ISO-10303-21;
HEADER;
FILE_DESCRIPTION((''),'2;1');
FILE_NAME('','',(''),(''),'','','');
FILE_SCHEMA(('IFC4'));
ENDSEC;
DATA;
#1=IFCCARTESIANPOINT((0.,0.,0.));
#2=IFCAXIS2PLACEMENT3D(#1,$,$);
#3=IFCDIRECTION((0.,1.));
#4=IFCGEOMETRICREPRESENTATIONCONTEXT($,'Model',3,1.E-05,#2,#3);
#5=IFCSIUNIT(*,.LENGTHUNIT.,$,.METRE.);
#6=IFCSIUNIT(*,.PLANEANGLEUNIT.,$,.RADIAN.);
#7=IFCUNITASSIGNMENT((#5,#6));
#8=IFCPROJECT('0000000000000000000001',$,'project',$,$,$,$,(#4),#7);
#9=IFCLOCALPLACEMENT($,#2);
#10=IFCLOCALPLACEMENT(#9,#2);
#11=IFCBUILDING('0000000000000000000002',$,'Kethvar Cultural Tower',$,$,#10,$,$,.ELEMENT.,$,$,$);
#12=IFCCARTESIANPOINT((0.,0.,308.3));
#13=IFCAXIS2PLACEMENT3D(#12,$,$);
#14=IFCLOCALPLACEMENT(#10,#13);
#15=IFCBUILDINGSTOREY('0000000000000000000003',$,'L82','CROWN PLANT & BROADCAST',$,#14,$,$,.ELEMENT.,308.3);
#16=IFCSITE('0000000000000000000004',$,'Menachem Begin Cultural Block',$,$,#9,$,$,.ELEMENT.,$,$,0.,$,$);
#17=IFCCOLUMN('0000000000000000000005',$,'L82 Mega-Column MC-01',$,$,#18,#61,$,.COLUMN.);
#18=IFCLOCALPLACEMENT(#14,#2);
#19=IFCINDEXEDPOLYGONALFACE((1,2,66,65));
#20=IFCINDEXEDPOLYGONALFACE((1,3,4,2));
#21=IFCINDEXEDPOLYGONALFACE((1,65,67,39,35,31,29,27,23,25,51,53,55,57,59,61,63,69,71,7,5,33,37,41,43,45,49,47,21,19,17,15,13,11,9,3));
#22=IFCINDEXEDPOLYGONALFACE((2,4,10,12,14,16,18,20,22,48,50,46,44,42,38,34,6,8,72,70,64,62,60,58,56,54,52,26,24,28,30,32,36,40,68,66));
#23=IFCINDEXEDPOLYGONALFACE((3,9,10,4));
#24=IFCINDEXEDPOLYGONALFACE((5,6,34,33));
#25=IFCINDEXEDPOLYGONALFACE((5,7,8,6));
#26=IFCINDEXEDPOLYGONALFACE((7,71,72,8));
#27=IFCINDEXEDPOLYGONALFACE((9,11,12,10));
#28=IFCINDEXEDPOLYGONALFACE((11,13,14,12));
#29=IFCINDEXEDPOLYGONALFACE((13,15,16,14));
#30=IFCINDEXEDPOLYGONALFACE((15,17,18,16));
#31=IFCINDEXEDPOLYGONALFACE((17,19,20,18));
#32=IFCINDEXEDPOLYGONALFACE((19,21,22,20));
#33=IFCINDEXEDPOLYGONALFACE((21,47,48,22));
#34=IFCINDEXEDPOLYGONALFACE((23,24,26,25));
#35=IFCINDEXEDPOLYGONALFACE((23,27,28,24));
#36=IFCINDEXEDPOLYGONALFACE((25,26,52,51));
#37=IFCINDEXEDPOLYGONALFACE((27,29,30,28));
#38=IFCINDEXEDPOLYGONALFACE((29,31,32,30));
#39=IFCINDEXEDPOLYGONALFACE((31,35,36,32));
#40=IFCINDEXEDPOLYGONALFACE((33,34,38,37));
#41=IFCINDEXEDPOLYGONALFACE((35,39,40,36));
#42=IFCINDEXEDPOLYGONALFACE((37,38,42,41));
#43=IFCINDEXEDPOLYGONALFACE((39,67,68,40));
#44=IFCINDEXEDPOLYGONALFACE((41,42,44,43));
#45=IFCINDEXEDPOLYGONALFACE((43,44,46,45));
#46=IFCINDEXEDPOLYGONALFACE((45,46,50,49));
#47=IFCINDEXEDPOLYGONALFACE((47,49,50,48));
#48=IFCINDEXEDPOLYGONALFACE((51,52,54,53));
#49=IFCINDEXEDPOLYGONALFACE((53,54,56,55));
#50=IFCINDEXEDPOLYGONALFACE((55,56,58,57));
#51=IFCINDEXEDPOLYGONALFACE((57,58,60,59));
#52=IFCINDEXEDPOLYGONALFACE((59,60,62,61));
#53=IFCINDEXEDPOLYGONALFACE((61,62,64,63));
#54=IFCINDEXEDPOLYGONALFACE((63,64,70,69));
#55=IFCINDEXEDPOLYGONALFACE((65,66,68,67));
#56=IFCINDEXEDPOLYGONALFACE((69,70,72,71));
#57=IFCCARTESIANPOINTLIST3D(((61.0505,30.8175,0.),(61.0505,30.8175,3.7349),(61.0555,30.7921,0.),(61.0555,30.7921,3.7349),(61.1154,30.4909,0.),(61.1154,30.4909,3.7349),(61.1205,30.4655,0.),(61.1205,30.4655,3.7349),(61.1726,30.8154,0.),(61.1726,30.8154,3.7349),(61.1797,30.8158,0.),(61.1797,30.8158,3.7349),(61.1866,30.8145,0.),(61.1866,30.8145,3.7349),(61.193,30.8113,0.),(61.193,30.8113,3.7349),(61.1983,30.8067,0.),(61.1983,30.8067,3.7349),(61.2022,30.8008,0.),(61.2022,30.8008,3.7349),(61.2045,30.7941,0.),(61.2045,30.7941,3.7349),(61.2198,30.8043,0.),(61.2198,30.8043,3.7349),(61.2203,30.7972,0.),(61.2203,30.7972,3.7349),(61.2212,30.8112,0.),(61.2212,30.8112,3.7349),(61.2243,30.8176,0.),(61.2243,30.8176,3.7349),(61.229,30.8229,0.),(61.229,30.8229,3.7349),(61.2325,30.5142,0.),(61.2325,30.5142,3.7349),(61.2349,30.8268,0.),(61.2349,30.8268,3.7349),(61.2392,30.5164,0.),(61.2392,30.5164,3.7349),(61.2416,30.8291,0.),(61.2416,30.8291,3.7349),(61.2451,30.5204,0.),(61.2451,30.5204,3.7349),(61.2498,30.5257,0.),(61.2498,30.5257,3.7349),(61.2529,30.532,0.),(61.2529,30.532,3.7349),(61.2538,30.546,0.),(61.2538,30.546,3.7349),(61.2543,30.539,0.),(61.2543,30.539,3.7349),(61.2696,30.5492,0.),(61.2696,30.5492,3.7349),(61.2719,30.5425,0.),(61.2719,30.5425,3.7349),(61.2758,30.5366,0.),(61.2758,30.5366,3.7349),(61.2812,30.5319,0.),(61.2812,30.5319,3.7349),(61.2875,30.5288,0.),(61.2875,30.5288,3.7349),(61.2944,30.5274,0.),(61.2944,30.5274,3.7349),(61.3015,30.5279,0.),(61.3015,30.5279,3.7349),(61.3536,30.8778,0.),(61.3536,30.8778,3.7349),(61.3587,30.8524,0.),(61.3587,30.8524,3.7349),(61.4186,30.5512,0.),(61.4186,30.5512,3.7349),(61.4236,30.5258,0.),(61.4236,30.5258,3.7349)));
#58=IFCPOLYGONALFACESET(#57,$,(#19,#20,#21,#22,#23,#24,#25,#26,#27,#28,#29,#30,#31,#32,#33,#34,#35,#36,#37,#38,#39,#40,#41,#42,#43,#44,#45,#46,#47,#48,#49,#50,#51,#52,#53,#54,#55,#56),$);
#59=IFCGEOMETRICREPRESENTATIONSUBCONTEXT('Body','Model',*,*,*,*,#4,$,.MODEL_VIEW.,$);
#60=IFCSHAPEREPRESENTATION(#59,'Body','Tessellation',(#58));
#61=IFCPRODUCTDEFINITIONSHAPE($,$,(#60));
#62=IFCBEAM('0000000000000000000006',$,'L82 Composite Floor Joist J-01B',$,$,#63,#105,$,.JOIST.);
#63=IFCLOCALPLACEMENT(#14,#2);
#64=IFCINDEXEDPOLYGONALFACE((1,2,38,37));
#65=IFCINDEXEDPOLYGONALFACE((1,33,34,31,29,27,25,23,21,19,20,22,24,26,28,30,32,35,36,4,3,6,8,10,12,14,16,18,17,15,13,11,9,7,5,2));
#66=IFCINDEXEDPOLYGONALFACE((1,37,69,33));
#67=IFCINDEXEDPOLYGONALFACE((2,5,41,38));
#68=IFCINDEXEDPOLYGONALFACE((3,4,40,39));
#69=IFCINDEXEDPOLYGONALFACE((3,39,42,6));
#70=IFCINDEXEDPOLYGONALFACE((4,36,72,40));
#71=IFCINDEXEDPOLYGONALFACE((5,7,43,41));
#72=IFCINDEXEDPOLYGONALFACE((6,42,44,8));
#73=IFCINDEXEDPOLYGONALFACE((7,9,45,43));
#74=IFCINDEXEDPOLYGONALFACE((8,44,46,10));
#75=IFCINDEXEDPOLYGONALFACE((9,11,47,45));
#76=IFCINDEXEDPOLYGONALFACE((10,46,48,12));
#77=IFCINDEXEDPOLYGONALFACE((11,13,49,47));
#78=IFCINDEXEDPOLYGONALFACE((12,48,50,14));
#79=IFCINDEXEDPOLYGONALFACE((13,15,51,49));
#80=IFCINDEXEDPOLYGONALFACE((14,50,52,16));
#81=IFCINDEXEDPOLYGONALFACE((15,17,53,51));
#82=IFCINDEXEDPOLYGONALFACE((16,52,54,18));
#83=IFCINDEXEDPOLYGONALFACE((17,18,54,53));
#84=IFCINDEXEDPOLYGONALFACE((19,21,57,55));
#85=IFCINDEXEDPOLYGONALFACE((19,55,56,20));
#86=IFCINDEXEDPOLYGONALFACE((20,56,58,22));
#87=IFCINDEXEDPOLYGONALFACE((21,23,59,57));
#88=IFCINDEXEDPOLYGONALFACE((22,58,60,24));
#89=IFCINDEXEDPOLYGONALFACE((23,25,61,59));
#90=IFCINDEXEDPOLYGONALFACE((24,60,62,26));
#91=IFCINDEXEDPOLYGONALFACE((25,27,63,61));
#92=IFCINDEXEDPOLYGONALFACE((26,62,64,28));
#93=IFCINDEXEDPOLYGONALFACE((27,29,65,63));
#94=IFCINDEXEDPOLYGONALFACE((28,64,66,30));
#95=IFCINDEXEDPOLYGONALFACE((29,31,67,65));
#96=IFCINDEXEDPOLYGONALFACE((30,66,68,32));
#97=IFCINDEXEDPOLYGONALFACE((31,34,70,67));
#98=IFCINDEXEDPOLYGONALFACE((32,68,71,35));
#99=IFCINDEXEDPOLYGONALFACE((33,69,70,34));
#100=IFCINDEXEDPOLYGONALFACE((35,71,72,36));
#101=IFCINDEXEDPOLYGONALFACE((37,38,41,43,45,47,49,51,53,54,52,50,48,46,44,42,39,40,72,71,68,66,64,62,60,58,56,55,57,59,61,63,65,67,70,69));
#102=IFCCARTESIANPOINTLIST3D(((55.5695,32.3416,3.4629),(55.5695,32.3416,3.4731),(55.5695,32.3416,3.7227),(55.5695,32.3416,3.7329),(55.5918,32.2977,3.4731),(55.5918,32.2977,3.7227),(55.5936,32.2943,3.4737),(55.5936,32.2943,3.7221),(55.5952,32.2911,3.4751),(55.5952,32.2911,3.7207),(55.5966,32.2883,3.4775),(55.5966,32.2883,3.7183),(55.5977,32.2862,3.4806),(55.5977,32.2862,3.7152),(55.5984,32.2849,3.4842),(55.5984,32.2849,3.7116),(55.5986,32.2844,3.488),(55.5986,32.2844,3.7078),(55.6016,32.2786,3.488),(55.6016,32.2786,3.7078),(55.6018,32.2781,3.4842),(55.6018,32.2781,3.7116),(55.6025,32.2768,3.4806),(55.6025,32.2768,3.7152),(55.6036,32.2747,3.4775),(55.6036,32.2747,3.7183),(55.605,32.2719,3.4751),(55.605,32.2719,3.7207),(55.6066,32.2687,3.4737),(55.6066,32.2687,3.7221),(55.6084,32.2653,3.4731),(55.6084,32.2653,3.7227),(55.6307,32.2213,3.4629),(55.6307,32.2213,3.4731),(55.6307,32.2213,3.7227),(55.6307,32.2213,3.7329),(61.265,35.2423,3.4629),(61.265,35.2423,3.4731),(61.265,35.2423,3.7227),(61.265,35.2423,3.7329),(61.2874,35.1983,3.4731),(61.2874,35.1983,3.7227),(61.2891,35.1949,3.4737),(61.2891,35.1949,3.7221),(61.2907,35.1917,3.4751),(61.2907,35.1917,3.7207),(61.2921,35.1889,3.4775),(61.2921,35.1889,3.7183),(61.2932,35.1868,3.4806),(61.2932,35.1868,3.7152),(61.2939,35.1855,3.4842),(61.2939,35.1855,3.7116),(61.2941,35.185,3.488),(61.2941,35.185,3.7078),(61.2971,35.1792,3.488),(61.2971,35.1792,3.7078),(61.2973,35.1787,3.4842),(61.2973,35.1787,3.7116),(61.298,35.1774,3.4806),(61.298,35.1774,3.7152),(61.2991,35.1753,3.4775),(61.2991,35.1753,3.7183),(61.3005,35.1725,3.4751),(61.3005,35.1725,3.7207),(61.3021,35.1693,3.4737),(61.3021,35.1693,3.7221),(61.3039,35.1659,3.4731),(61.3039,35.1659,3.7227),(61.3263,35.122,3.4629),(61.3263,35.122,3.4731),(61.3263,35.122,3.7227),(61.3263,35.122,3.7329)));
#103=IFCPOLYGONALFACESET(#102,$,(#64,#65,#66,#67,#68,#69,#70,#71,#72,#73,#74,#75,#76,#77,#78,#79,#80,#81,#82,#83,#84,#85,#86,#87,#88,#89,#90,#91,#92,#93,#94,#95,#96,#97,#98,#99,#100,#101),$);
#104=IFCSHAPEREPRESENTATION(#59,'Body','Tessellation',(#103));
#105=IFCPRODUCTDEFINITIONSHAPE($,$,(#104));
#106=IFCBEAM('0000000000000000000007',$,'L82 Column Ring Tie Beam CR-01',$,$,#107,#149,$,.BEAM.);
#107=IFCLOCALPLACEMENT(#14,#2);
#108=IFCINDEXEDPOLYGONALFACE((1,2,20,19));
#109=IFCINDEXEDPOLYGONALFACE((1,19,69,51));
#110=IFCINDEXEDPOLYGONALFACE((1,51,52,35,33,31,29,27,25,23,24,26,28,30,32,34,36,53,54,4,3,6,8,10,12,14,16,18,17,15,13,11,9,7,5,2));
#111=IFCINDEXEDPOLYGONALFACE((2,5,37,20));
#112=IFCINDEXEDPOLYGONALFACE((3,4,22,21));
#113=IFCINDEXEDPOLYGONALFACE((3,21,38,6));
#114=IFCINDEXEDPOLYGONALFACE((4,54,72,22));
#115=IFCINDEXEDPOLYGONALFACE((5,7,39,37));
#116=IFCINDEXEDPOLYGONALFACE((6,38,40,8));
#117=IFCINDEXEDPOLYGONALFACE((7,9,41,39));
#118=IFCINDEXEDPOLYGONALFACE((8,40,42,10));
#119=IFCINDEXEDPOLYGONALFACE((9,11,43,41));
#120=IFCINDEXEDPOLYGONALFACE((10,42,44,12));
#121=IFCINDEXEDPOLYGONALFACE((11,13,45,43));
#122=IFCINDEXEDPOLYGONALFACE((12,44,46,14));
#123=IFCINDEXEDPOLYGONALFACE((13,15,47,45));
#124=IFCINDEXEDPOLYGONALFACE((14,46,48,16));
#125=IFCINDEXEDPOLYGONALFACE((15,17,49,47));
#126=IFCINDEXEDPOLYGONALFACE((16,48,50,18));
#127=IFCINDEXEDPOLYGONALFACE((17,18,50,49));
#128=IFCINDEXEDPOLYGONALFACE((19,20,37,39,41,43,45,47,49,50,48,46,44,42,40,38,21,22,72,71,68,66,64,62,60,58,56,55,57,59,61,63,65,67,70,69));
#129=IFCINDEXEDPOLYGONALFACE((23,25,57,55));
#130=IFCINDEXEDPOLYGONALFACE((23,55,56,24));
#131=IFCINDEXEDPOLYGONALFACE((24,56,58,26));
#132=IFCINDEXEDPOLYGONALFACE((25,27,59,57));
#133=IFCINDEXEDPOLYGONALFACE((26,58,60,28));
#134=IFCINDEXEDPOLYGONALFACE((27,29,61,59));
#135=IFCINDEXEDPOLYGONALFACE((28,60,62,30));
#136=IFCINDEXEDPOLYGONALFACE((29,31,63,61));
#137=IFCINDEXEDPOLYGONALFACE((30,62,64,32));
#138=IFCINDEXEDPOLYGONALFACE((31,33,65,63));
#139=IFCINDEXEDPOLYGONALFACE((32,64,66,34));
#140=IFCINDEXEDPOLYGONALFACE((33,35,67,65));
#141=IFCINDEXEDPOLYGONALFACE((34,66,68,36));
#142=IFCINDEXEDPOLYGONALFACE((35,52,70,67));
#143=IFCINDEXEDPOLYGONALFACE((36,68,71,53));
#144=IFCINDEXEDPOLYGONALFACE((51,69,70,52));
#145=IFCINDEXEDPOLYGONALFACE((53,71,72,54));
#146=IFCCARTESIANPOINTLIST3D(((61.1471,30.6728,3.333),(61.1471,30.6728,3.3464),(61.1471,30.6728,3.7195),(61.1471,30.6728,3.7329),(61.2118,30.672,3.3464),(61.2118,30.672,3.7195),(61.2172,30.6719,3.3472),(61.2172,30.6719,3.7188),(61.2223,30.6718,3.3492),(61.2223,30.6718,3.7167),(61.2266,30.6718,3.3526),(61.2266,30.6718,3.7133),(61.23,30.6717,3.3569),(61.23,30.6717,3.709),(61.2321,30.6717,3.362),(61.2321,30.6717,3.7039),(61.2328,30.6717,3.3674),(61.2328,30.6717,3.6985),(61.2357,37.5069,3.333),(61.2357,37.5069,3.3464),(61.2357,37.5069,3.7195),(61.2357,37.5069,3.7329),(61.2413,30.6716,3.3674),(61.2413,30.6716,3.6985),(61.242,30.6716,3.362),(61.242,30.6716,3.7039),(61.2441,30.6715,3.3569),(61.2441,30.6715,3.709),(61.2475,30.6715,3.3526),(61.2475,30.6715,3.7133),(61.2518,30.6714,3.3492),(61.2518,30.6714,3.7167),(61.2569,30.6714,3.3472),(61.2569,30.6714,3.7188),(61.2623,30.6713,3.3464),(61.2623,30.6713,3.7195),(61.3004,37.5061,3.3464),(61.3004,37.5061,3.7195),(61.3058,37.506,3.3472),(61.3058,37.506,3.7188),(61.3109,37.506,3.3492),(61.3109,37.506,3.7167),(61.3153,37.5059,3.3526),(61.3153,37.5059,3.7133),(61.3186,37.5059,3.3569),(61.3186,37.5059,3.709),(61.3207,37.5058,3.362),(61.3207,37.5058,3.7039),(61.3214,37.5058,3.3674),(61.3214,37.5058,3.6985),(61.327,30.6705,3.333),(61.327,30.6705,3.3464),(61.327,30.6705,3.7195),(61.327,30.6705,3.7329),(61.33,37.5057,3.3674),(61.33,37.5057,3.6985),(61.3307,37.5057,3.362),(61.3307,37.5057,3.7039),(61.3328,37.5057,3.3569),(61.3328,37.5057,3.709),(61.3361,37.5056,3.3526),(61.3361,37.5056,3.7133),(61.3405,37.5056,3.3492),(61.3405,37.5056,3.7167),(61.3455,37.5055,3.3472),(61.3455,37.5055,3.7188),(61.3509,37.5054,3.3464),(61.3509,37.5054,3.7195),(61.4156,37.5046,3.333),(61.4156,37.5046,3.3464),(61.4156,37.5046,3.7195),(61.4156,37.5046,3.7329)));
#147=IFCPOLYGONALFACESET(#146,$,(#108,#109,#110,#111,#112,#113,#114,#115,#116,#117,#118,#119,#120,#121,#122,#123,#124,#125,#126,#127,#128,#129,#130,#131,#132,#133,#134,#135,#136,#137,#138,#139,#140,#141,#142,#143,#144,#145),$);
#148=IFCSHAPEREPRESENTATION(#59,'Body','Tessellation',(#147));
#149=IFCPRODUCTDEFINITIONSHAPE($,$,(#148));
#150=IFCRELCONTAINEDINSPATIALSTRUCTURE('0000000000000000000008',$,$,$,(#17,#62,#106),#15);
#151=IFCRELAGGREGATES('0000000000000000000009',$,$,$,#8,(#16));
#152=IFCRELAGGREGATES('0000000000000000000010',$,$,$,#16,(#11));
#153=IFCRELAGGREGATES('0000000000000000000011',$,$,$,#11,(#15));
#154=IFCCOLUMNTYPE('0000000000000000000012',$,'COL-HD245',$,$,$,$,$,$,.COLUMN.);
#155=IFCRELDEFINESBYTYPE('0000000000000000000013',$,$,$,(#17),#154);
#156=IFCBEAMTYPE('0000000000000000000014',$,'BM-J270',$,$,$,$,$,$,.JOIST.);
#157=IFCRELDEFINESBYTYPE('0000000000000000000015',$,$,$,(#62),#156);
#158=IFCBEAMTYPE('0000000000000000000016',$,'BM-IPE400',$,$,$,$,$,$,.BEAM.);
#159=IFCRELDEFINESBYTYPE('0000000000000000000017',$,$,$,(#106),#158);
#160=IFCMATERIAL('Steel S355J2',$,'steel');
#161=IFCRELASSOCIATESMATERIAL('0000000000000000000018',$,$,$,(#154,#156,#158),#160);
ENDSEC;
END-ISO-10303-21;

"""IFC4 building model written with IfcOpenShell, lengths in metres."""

from ifc_helpers import new_model, si_unit, direction, frame, origin, origin_2d, place, context, subcontext, project, spatial, i_section, extrude, source, transform, mapped, material, material_profile, profile_set, type_object, element, save


model = new_model("IFC4")

# Units and contexts
model_context = context("Model", 3, precision=1e-05, world=origin(), true_north=direction((0.0, 1.0)))
body_context = subcontext(model_context, "Body", "Model", "MODEL_VIEW")
ifc_project = project(units=[si_unit("LENGTHUNIT", "METRE"), si_unit("PLANEANGLEUNIT", "RADIAN")], contexts=[model_context])

# Site, building, storey
site_placement = place(None, origin())
site = spatial("IfcSite", under=ifc_project, at=site_placement, Name="Menachem Begin Cultural Block", CompositionType="ELEMENT", RefElevation=0.0)
building_placement = place(site_placement, origin())
building = spatial("IfcBuilding", under=site, at=building_placement, Name="Kethvar Cultural Tower", CompositionType="ELEMENT")
storey_placement = place(building_placement, frame((0.0, 0.0, 308.3)))
storey = spatial("IfcBuildingStorey", under=building, at=storey_placement, Name="L82", Description="CROWN PLANT & BROADCAST", CompositionType="ELEMENT", Elevation=308.3)

# Column
ifc_material_1 = material(Name="Steel S355J2", Category="steel")
ifc_material_profile_1 = material_profile(ifc_material_1, i_section(OverallWidth=0.3091, OverallDepth=0.3589, WebThickness=0.0161, FlangeThickness=0.0259, FilletRadius=0.0271, at=origin_2d()), Name="Steel S355J2 — HD320x245")
ifc_profile_set_1 = profile_set([ifc_material_profile_1], Name="Steel S355J2 — HD320x245")
column_type = type_object("IfcColumnType", Name="COL-HD245", PredefinedType="COLUMN", material=ifc_profile_set_1)
shared_shape_1 = source(origin(), body_context, "Body", "SweptSolid", [
    extrude(i_section(OverallWidth=0.3091, OverallDepth=0.3589, WebThickness=0.0161, FlangeThickness=0.0259, FilletRadius=0.0271, at=origin_2d()), origin(), (0.0, 0.0, 1.0), 3.7349),
])
column_placement = place(storey_placement, frame((61.2371, 30.6716, 0.0), z_axis=(0.0, 0.0, 1.0), x_axis=(0.980785, 0.19509, 0.0)))
element("IfcColumn", 1, at=column_placement, inside=storey, type_object=column_type, Name="L82 Mega-Column MC-01", PredefinedType="COLUMN", context=body_context, shape_type="MappedRepresentation", body=[
    mapped(shared_shape_1, transform((0.0, 0.0, 0.0), scale=1.0)),
])

# Beams
ifc_material_profile_2 = material_profile(ifc_material_1, i_section(OverallWidth=0.135, OverallDepth=0.27, WebThickness=0.0066, FlangeThickness=0.0103, FilletRadius=0.0149, at=origin_2d()), Name="Steel S355J2 — IPE270")
ifc_profile_set_2 = profile_set([ifc_material_profile_2], Name="Steel S355J2 — IPE270")
beam_type_1 = type_object("IfcBeamType", Name="BM-J270", PredefinedType="JOIST", material=ifc_profile_set_2)
shared_shape_2 = source(origin(), body_context, "Body", "SweptSolid", [
    extrude(i_section(OverallWidth=0.135, OverallDepth=0.27, WebThickness=0.0066, FlangeThickness=0.0103, FilletRadius=0.0149, at=origin_2d()), origin(), (0.0, 0.0, 1.0), 6.3916),
])
beam_1_placement = place(storey_placement, frame((55.6001, 32.2815, 3.5979), z_axis=(0.891095, 0.453817, 0.0), x_axis=(-0.453817, 0.891095, 0.0)))
element("IfcBeam", 2, at=beam_1_placement, inside=storey, type_object=beam_type_1, Name="L82 Composite Floor Joist J-01B", PredefinedType="JOIST", context=body_context, shape_type="MappedRepresentation", body=[
    mapped(shared_shape_2, transform((0.0, 0.0, 0.0), scale=1.0)),
])
ifc_material_profile_3 = material_profile(ifc_material_1, i_section(OverallWidth=0.1799, OverallDepth=0.3999, WebThickness=0.0085, FlangeThickness=0.0134, FilletRadius=0.021, at=origin_2d()), Name="Steel S355J2 — IPE400")
ifc_profile_set_3 = profile_set([ifc_material_profile_3], Name="Steel S355J2 — IPE400")
beam_type_2 = type_object("IfcBeamType", Name="BM-IPE400", PredefinedType="BEAM", material=ifc_profile_set_3)
shared_shape_3 = source(origin(), body_context, "Body", "SweptSolid", [
    extrude(i_section(OverallWidth=0.1799, OverallDepth=0.3999, WebThickness=0.0085, FlangeThickness=0.0134, FilletRadius=0.021, at=origin_2d()), origin(), (0.0, 0.0, 1.0), 6.8347),
])
beam_2_placement = place(storey_placement, frame((61.2371, 30.6716, 3.533), z_axis=(0.012966, 0.999916, 0.0), x_axis=(-0.999916, 0.012966, 0.0)))
element("IfcBeam", 3, at=beam_2_placement, inside=storey, type_object=beam_type_2, Name="L82 Column Ring Tie Beam CR-01", PredefinedType="BEAM", context=body_context, shape_type="MappedRepresentation", body=[
    mapped(shared_shape_3, transform((0.0, 0.0, 0.0), scale=1.0)),
])

save(model, "model.ifc")
